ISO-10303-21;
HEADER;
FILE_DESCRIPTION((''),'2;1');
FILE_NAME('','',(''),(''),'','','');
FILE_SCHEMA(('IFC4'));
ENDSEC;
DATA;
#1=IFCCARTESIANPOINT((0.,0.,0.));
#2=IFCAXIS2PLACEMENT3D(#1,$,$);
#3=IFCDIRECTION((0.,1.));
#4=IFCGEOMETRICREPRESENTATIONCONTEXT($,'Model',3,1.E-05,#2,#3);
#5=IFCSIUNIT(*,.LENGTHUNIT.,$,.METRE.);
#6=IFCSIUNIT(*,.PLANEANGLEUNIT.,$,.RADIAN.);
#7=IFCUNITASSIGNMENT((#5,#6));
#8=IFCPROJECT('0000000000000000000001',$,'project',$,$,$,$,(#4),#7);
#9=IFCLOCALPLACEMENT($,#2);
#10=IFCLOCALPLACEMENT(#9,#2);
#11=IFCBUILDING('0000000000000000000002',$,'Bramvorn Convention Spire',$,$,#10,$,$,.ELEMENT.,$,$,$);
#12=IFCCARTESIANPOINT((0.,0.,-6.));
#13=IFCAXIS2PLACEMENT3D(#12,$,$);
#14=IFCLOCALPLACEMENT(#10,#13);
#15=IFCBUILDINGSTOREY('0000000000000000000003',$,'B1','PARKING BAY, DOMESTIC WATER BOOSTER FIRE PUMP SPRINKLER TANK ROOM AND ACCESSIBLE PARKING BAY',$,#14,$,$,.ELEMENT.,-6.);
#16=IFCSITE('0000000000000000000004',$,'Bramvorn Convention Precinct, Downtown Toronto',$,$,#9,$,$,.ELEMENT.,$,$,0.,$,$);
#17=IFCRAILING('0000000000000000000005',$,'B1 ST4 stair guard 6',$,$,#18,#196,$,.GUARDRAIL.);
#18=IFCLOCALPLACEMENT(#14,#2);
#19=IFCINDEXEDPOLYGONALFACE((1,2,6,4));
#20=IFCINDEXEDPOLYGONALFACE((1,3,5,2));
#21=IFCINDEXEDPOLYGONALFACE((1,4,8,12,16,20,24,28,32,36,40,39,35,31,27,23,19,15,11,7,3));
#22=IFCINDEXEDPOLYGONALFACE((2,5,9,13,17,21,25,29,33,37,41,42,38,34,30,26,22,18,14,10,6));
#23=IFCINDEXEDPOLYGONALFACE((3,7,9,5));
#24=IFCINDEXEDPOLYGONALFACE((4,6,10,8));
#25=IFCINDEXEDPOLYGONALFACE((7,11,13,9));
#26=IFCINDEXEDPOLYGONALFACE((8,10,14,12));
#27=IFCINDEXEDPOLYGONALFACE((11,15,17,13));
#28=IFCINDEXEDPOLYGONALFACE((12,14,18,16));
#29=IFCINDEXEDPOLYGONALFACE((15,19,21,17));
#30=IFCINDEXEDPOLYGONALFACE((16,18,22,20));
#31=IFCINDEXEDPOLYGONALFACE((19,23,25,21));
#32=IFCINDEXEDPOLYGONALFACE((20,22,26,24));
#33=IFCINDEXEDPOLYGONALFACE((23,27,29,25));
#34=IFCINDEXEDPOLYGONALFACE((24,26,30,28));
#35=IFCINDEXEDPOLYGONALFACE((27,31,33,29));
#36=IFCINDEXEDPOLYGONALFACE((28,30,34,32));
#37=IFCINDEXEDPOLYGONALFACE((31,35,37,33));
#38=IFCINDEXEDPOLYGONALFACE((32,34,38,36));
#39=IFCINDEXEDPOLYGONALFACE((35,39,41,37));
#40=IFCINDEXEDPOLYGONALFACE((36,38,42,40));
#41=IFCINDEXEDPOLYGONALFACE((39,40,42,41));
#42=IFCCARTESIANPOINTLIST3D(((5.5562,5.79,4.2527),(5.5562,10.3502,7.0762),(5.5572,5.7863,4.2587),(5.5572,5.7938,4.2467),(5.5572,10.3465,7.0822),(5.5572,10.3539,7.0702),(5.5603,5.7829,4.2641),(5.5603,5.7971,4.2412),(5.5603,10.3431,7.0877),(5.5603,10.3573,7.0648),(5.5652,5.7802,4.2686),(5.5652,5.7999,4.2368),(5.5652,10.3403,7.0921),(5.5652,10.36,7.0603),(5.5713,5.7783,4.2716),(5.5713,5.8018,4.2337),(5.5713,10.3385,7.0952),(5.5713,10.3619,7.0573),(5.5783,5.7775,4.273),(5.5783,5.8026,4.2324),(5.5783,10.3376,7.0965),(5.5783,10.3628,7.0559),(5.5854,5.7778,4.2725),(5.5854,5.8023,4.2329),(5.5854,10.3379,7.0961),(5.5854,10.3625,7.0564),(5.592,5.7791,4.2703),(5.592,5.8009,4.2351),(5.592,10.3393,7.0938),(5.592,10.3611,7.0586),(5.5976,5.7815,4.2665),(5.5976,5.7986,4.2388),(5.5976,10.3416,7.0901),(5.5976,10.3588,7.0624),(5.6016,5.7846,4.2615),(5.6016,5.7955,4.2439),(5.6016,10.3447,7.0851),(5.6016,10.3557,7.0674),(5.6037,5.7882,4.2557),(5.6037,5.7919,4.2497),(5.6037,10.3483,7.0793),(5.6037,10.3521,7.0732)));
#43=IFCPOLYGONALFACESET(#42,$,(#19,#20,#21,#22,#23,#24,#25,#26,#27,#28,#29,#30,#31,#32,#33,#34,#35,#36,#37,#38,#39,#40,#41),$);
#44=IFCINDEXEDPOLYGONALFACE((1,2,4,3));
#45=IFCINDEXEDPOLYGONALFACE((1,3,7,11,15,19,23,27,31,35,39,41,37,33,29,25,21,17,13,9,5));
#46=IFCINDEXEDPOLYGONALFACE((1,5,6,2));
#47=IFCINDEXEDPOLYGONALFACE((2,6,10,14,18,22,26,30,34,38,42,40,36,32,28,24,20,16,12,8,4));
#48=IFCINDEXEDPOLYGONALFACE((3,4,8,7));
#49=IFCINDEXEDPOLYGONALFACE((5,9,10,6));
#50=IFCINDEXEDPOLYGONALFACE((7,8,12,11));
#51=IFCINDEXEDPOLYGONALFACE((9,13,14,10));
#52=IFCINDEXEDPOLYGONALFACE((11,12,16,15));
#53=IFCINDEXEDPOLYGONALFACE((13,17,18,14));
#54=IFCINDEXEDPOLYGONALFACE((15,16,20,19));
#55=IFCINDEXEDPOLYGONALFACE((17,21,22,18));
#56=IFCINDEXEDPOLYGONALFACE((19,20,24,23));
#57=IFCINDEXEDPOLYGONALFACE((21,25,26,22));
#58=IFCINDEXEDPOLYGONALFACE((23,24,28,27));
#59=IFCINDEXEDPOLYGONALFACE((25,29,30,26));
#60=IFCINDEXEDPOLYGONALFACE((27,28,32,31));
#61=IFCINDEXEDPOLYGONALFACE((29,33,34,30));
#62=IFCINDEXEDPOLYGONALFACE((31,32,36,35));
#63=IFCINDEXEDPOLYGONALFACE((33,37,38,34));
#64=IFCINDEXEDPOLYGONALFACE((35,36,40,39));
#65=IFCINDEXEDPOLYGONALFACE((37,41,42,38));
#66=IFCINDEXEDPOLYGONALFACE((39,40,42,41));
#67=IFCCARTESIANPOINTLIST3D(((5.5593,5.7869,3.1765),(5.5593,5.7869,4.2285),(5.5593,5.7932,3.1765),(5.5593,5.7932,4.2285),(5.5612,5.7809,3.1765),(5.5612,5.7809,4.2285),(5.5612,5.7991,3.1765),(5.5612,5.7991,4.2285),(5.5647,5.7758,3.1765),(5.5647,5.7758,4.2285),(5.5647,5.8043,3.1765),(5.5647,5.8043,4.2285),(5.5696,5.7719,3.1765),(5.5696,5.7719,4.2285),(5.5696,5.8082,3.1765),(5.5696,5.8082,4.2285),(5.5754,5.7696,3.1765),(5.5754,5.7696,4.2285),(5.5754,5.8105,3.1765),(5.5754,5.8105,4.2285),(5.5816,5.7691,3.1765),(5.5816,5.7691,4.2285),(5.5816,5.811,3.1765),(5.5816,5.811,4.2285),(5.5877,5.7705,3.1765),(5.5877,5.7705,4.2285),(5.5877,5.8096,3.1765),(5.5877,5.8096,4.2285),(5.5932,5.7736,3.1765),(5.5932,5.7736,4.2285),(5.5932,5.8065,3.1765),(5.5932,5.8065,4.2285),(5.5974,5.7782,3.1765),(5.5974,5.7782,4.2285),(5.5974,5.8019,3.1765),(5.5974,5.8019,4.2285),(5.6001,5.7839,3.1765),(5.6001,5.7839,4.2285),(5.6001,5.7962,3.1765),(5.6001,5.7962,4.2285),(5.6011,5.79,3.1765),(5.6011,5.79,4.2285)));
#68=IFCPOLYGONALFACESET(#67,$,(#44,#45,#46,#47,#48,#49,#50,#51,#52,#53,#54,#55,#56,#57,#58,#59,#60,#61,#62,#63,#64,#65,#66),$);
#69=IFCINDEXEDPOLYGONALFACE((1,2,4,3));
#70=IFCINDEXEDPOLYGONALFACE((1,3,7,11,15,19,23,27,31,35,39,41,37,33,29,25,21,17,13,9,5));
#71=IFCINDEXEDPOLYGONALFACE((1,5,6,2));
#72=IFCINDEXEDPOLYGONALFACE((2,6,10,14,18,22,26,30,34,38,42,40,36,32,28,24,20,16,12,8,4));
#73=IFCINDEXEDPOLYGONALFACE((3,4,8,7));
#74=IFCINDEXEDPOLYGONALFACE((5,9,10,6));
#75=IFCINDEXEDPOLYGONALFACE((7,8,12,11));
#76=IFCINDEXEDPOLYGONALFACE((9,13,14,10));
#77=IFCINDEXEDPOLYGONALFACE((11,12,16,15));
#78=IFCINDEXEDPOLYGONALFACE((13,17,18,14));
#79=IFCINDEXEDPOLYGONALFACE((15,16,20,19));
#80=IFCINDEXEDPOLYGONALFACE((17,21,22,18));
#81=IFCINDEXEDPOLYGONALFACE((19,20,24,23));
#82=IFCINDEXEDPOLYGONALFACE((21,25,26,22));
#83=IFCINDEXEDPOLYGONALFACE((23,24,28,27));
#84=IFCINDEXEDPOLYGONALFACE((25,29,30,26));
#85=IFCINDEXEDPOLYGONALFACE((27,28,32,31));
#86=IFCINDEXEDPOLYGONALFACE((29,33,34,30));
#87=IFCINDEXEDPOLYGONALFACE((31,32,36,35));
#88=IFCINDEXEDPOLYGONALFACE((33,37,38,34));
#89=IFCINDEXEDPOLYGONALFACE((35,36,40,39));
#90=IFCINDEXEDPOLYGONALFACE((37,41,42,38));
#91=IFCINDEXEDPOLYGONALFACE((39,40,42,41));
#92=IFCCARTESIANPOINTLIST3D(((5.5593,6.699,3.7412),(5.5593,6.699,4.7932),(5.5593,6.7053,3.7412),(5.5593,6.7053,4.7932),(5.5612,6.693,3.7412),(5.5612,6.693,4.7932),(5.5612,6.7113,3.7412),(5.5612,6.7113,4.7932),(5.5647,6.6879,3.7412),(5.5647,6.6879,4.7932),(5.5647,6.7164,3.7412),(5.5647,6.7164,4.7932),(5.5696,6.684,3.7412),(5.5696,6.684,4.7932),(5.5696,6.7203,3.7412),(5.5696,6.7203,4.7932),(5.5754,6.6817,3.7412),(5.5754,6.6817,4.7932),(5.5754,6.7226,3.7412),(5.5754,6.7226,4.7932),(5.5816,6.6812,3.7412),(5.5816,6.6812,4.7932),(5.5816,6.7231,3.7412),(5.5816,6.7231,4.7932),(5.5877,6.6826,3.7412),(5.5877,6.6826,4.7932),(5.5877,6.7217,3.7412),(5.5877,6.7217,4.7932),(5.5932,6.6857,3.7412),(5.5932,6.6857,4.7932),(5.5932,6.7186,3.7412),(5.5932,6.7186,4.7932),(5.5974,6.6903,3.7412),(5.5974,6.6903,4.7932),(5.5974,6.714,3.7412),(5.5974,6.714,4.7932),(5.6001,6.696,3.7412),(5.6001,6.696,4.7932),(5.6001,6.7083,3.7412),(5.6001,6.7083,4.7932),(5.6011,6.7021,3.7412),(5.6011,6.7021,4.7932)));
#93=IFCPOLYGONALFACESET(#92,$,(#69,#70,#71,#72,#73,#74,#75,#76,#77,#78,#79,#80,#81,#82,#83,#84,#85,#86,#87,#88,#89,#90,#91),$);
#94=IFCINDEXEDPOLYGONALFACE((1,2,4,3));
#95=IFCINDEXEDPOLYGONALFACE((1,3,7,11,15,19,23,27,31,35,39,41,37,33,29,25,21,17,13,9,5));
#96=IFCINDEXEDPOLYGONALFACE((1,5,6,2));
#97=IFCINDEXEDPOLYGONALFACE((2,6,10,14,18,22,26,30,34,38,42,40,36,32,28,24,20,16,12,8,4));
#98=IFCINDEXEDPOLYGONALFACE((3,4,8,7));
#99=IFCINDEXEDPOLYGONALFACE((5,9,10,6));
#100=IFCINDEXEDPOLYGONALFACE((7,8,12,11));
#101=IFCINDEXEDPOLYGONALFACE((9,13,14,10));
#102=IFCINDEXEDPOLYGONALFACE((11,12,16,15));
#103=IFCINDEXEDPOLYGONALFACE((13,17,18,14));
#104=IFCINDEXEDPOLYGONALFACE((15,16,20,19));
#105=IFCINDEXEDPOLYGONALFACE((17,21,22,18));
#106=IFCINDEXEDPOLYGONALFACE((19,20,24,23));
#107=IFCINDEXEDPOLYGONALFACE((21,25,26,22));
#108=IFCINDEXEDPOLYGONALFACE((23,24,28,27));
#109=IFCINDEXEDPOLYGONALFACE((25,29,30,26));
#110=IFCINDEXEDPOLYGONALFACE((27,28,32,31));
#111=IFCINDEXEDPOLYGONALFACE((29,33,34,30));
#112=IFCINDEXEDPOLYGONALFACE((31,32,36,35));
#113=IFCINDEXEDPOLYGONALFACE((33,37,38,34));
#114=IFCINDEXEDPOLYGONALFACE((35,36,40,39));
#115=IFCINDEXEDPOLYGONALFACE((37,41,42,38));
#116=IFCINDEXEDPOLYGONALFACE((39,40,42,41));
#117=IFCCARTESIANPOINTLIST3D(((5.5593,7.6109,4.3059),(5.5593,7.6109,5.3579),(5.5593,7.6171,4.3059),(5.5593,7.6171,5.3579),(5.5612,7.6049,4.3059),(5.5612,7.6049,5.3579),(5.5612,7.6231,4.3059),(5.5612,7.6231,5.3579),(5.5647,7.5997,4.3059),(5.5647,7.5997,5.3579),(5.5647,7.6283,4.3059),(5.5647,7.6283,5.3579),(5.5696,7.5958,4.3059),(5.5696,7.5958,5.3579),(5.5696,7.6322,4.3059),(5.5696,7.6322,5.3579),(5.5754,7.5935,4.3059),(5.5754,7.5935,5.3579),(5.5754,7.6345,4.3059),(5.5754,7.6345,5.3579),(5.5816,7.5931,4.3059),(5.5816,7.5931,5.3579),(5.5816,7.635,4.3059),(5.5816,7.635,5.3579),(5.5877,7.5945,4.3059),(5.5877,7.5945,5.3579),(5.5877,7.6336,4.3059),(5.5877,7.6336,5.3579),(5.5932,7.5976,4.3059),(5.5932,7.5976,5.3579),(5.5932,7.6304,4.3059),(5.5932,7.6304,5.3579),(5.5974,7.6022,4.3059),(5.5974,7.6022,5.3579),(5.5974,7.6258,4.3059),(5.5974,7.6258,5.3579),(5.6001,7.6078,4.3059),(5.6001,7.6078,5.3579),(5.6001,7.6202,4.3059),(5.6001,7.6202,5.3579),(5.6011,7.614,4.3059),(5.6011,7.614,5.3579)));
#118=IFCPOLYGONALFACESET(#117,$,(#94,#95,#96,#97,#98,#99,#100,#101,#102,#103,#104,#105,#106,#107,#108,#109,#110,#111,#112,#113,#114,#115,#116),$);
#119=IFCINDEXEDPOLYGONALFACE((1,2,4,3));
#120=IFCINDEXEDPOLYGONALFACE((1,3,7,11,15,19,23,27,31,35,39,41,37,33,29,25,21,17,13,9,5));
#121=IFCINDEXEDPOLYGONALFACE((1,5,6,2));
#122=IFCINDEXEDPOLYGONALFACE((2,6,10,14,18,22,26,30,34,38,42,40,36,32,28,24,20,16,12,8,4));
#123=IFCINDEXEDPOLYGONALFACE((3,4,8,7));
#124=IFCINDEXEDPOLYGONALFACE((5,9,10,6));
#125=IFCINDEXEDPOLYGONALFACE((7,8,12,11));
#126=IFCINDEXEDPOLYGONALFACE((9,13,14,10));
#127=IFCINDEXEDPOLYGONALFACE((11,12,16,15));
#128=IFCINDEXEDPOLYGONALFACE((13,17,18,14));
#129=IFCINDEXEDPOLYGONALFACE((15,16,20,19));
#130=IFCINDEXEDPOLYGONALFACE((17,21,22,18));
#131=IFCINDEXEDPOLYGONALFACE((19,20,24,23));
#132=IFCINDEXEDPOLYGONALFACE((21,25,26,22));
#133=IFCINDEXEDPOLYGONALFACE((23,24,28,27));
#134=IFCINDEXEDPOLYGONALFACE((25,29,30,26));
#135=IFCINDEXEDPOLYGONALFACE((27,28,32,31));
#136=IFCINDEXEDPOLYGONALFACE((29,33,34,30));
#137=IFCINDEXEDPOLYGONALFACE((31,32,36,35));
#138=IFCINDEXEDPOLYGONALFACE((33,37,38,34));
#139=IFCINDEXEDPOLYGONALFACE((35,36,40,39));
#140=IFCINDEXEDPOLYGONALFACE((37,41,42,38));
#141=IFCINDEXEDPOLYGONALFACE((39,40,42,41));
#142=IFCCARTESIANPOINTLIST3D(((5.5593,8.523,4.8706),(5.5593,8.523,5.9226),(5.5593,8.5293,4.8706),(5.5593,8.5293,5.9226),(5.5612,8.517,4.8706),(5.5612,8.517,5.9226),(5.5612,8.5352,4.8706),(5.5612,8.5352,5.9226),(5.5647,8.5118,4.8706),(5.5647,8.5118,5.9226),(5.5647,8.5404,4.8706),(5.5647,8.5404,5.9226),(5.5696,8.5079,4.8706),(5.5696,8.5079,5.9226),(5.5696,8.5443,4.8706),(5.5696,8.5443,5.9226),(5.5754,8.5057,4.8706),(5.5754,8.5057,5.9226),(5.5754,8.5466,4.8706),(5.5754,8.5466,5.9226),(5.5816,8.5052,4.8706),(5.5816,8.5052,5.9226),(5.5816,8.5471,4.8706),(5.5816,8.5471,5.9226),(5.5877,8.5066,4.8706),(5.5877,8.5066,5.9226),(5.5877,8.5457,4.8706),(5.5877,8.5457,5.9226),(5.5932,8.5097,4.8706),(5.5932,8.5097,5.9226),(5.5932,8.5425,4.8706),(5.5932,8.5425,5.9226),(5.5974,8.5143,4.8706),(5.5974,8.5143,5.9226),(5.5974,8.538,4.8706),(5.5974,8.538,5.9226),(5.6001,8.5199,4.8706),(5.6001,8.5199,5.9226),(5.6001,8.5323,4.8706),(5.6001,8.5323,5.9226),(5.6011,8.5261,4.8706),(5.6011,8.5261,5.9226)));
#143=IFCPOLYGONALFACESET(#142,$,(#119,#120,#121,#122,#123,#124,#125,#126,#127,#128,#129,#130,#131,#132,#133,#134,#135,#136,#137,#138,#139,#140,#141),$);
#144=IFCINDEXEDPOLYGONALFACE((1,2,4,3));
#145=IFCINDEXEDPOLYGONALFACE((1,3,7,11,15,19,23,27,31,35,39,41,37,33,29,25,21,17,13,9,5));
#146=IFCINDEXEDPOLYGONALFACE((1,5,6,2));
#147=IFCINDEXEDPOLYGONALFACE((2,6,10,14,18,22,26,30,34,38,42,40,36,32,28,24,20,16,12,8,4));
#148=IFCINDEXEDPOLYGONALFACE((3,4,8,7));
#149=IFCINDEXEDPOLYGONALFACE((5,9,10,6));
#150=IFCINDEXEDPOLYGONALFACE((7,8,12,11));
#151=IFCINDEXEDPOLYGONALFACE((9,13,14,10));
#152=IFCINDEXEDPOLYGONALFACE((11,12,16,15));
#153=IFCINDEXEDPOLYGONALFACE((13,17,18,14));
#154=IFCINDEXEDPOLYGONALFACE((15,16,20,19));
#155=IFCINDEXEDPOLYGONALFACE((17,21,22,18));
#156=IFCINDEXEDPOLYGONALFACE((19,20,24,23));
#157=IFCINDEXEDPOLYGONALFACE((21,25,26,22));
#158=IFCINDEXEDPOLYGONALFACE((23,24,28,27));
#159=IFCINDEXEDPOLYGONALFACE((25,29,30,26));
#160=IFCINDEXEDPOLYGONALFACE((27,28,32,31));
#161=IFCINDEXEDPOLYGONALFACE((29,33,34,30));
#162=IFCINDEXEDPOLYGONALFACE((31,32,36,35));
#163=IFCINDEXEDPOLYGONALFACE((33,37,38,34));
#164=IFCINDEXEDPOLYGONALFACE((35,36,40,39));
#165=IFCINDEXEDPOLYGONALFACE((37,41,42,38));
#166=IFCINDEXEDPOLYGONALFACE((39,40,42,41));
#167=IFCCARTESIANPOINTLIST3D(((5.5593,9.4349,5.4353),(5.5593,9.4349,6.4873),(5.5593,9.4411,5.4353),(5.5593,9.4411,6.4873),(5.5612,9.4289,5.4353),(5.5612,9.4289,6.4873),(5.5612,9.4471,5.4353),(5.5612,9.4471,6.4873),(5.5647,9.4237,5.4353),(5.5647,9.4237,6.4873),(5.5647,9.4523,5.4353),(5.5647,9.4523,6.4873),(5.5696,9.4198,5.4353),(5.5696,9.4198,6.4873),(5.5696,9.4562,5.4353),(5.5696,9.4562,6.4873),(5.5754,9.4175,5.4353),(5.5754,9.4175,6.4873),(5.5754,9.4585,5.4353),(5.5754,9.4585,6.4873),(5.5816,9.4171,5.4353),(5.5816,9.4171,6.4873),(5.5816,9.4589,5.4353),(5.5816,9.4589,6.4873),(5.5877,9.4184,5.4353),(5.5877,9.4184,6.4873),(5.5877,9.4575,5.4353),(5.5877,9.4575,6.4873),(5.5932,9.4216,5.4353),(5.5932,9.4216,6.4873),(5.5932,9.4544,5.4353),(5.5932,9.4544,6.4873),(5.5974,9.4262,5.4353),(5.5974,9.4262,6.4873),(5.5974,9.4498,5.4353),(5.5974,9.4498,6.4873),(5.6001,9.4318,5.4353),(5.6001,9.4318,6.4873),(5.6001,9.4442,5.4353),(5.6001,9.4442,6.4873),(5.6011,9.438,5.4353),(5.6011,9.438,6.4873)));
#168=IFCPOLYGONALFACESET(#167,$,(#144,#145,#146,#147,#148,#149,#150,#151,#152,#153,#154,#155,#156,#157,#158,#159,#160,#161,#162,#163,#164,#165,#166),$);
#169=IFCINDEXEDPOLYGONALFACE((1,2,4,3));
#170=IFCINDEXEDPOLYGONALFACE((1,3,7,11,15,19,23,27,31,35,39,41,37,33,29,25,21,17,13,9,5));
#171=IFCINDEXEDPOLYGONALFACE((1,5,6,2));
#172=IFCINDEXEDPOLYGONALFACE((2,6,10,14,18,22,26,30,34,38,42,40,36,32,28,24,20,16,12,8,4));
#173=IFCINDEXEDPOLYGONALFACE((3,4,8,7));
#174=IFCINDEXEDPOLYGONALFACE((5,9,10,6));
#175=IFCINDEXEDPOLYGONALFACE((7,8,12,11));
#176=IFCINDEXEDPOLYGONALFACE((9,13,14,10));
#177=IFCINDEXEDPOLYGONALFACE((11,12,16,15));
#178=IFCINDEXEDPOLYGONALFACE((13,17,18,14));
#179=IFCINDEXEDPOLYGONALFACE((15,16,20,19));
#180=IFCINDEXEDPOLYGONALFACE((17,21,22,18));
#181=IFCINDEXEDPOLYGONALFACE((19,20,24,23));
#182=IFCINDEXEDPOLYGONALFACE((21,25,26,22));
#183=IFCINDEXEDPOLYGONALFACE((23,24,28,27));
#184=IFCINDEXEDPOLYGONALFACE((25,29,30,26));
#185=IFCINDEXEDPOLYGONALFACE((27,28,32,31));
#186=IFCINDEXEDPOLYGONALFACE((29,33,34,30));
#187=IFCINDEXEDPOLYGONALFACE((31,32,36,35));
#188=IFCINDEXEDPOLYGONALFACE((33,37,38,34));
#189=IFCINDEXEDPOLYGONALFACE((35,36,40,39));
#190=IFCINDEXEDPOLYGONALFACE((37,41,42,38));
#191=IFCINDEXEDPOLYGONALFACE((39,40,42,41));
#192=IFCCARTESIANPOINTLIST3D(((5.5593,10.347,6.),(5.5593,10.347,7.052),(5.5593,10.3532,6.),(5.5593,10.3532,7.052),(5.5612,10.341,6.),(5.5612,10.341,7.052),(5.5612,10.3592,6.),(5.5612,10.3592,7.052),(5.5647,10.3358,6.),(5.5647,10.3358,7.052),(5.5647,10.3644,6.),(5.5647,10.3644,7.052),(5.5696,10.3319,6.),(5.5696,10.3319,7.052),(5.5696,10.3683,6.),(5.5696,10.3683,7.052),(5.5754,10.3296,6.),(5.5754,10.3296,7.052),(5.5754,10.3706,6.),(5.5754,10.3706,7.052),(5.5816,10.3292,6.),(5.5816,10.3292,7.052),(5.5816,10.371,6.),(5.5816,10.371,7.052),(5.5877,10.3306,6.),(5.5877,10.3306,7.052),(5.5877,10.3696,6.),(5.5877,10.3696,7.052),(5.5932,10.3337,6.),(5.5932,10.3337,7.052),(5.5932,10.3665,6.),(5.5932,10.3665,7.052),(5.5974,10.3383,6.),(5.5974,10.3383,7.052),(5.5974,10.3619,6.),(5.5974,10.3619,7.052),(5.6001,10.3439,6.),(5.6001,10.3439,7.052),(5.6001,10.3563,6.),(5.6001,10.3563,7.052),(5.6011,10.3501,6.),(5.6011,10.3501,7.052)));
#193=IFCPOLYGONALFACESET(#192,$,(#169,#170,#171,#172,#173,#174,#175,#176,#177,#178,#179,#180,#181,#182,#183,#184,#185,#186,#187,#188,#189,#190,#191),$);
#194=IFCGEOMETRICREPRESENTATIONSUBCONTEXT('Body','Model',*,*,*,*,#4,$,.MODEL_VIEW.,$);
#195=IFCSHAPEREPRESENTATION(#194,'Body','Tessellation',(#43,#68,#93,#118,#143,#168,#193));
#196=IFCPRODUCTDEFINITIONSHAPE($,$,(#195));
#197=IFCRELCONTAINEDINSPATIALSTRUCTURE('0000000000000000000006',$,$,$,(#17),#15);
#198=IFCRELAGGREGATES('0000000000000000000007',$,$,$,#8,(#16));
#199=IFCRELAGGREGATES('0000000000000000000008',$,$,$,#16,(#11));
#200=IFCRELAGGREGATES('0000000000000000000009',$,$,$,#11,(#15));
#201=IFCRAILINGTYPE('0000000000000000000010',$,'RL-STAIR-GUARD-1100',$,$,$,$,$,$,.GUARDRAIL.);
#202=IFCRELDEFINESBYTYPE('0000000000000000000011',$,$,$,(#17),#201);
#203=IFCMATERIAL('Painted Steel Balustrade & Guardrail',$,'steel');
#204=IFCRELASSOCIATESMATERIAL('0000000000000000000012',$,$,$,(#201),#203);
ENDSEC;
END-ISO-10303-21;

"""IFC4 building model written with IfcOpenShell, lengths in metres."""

from ifc_helpers import new_model, si_unit, direction, frame, origin, origin_2d, place, context, subcontext, project, spatial, circle, extrude, material, type_object, element, save


model = new_model("IFC4")

# Units and contexts
model_context = context("Model", 3, precision=1e-05, world=origin(), true_north=direction((0.0, 1.0)))
body_context = subcontext(model_context, "Body", "Model", "MODEL_VIEW")
ifc_project = project(units=[si_unit("LENGTHUNIT", "METRE"), si_unit("PLANEANGLEUNIT", "RADIAN")], contexts=[model_context])

# Site, building, storey
site_placement = place(None, origin())
site = spatial("IfcSite", under=ifc_project, at=site_placement, Name="Bramvorn Convention Precinct, Downtown Toronto", CompositionType="ELEMENT", RefElevation=0.0)
building_placement = place(site_placement, origin())
building = spatial("IfcBuilding", under=site, at=building_placement, Name="Bramvorn Convention Spire", CompositionType="ELEMENT")
storey_placement = place(building_placement, frame((0.0, 0.0, -6.0)))
storey = spatial("IfcBuildingStorey", under=building, at=storey_placement, Name="B1", Description="PARKING BAY, DOMESTIC WATER BOOSTER FIRE PUMP SPRINKLER TANK ROOM AND ACCESSIBLE PARKING BAY", CompositionType="ELEMENT", Elevation=-6.0)

# Railing
ifc_material_1 = material(Name="Painted Steel Balustrade & Guardrail", Category="steel")
railing_type_1 = type_object("IfcRailingType", Name="RL-STAIR-GUARD-1100", PredefinedType="GUARDRAIL", material=ifc_material_1)
railing_1_placement = place(storey_placement, frame((5.5801, 5.79, 3.1765)))
element("IfcRailing", 1, at=railing_1_placement, inside=storey, type_object=railing_type_1, Name="B1 ST4 stair guard 6", PredefinedType="GUARDRAIL", context=body_context, shape_type="SweptSolid", body=[
    extrude(circle(Radius=0.0239, at=origin_2d()), frame((0.0, 0.0, 1.0762), z_axis=(0.0, 0.850216, 0.526435), x_axis=(-1.0, 0.0, 0.0)), (0.0, 0.0, 1.0), 5.3635),
    extrude(circle(Radius=0.021, at=origin_2d()), origin(), (0.0, 0.0, 1.0), 1.052),
    extrude(circle(Radius=0.021, at=origin_2d()), frame((0.0, 0.9121, 0.5647)), (0.0, 0.0, 1.0), 1.052),
    extrude(circle(Radius=0.021, at=origin_2d()), frame((0.0, 1.824, 1.1294)), (0.0, 0.0, 1.0), 1.052),
    extrude(circle(Radius=0.021, at=origin_2d()), frame((0.0, 2.7361, 1.6941)), (0.0, 0.0, 1.0), 1.052),
    extrude(circle(Radius=0.021, at=origin_2d()), frame((0.0, 3.6479, 2.2588)), (0.0, 0.0, 1.0), 1.052),
    extrude(circle(Radius=0.021, at=origin_2d()), frame((0.0, 4.5601, 2.8235)), (0.0, 0.0, 1.0), 1.052),
])

save(model, "model.ifc")
